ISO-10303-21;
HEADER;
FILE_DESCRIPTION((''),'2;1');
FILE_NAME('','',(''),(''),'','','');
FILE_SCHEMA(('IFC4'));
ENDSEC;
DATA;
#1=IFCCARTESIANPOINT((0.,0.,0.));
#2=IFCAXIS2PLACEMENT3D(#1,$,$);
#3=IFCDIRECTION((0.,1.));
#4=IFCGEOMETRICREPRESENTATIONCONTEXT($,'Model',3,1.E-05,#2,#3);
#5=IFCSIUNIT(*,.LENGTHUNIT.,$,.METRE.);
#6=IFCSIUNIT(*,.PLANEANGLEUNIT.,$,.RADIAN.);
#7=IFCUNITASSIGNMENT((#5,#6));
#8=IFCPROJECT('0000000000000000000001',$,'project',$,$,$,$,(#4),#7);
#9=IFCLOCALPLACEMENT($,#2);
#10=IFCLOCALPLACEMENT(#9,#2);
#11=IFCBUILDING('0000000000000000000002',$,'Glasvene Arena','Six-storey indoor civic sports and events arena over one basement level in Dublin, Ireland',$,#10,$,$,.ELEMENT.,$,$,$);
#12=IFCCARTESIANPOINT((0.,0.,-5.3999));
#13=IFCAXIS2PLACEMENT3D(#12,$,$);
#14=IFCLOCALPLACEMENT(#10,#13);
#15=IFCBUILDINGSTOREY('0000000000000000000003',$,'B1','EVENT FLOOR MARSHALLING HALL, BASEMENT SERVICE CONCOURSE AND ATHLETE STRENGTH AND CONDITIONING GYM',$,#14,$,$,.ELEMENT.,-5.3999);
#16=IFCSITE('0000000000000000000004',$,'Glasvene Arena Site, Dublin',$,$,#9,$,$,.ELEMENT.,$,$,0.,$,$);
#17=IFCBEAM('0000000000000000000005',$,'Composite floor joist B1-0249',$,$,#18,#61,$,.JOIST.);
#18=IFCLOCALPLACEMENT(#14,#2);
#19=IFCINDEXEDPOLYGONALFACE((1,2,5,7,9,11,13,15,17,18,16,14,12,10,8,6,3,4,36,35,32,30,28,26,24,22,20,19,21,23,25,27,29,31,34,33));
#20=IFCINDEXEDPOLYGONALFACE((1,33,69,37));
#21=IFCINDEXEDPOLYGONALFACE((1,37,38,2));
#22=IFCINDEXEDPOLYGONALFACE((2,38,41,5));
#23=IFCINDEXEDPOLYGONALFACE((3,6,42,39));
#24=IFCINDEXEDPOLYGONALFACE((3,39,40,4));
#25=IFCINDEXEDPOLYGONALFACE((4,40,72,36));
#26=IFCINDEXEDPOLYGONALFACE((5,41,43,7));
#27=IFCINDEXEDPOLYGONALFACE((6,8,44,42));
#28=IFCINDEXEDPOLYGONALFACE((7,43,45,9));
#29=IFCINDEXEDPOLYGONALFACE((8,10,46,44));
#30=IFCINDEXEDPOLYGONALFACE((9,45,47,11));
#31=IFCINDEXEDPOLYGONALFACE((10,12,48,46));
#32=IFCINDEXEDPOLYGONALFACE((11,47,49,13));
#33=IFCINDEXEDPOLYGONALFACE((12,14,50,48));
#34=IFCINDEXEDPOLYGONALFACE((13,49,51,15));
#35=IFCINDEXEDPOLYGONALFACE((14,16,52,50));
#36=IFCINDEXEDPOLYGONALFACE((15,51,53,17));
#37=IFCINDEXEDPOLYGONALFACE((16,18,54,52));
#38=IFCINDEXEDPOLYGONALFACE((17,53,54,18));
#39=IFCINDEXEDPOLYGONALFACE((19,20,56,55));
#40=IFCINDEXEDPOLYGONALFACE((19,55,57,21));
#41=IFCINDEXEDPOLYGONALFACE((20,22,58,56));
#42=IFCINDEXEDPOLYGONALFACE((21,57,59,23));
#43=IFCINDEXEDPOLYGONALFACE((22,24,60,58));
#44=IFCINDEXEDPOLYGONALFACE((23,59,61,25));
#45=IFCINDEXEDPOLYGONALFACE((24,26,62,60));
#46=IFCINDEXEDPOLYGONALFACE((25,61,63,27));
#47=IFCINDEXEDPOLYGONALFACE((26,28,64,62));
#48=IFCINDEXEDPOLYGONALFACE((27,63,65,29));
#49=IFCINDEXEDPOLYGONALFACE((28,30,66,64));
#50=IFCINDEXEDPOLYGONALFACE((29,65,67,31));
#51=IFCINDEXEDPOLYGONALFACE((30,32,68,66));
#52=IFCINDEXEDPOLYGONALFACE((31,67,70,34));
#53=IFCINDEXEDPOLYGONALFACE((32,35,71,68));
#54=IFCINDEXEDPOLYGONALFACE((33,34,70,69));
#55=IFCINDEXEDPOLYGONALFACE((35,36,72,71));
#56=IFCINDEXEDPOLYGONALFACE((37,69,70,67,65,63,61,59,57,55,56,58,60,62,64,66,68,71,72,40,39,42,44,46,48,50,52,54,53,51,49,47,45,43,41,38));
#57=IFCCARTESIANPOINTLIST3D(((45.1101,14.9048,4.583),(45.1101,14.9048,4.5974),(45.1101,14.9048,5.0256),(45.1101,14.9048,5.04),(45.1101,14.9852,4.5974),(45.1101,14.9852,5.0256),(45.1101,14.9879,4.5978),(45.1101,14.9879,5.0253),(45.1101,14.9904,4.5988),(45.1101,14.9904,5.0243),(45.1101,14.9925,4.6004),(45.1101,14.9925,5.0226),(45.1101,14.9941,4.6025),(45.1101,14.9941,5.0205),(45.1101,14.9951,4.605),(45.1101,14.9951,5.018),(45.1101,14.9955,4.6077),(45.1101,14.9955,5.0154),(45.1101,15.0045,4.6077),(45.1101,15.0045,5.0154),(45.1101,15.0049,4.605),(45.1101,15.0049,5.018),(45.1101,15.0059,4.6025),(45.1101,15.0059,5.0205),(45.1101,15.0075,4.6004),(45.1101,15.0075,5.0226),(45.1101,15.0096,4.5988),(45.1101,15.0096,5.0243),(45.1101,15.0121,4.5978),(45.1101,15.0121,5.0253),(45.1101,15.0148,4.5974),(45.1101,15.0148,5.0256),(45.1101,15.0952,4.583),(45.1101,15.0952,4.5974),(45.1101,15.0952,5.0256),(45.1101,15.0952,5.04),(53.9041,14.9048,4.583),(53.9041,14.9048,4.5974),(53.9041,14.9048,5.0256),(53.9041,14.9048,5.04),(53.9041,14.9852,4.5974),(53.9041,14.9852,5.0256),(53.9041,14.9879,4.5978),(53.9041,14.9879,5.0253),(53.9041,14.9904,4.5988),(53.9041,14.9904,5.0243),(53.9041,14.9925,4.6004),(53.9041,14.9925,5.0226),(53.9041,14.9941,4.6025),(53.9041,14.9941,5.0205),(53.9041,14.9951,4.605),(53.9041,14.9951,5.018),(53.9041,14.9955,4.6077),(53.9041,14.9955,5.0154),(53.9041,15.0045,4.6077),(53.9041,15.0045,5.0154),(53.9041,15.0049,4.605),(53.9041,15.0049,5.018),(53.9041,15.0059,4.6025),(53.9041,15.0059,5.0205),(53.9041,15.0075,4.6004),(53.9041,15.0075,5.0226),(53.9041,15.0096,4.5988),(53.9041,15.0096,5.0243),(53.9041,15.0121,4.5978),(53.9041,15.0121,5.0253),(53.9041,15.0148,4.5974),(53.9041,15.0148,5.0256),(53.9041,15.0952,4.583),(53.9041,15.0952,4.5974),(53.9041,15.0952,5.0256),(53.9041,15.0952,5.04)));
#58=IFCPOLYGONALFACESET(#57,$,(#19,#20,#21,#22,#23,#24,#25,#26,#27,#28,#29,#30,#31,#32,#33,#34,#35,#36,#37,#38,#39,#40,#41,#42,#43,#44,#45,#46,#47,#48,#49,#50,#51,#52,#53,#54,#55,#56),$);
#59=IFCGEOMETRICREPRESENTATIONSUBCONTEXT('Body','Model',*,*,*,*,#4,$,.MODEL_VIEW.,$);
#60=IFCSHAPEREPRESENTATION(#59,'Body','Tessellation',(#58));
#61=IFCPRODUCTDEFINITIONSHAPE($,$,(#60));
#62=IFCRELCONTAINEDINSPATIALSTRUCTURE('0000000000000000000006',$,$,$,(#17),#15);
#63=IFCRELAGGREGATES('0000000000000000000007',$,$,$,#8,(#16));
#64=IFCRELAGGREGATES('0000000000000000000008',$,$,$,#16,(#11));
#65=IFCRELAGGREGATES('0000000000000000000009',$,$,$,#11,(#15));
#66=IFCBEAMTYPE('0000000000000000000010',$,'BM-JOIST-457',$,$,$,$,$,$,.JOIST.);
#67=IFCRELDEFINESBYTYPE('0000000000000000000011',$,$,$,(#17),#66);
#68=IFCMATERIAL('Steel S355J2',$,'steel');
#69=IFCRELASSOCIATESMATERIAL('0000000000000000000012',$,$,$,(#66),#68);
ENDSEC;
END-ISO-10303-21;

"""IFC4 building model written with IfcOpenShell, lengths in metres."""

from ifc_helpers import new_model, si_unit, direction, frame, origin, origin_2d, place, context, subcontext, project, spatial, i_section, extrude, material, material_profile, profile_set, type_object, element, save


model = new_model("IFC4")

# Units and contexts
model_context = context("Model", 3, precision=1e-05, world=origin(), true_north=direction((0.0, 1.0)))
body_context = subcontext(model_context, "Body", "Model", "MODEL_VIEW")
ifc_project = project(units=[si_unit("LENGTHUNIT", "METRE"), si_unit("PLANEANGLEUNIT", "RADIAN")], contexts=[model_context])

# Site, building, storey
site_placement = place(None, origin())
site = spatial("IfcSite", under=ifc_project, at=site_placement, Name="Glasvene Arena Site, Dublin", CompositionType="ELEMENT", RefElevation=0.0)
building_placement = place(site_placement, origin())
building = spatial("IfcBuilding", under=site, at=building_placement, Name="Glasvene Arena", Description="Six-storey indoor civic sports and events arena over one basement level in Dublin, Ireland", CompositionType="ELEMENT")
storey_placement = place(building_placement, frame((0.0, 0.0, -5.3999)))
storey = spatial("IfcBuildingStorey", under=building, at=storey_placement, Name="B1", Description="EVENT FLOOR MARSHALLING HALL, BASEMENT SERVICE CONCOURSE AND ATHLETE STRENGTH AND CONDITIONING GYM", CompositionType="ELEMENT", Elevation=-5.3999)

# Shared definitions
ifc_material_1 = material(Name="Steel S355J2", Category="steel")

# Beam
ifc_material_profile_1 = material_profile(ifc_material_1, i_section(OverallWidth=0.1904, OverallDepth=0.457, WebThickness=0.009, FlangeThickness=0.0144, FilletRadius=0.0103, at=origin_2d()), Name="UKB 457x191x74")
ifc_profile_set_1 = profile_set([ifc_material_profile_1], Name="Steel S355J2")
beam_type_1 = type_object("IfcBeamType", Name="BM-JOIST-457", PredefinedType="JOIST", material=ifc_profile_set_1)
for number, where, z_axis, x_axis, name in (
    (1, (45.1101, 15.0, 4.8115), (1.0, 0.0, 0.0), (0.0, 1.0, 0.0), "Composite floor joist B1-0249"),
):
    element("IfcBeam", number, at=place(storey_placement, frame(where, z_axis=z_axis, x_axis=x_axis)), inside=storey, type_object=beam_type_1, Name=name, PredefinedType="JOIST", context=body_context, shape_type="SweptSolid", body=[
        extrude(i_section(OverallWidth=0.1904, OverallDepth=0.457, WebThickness=0.009, FlangeThickness=0.0144, FilletRadius=0.0103, at=origin_2d()), origin(), (0.0, 0.0, 1.0), 8.7939),
    ])

save(model, "model.ifc")
